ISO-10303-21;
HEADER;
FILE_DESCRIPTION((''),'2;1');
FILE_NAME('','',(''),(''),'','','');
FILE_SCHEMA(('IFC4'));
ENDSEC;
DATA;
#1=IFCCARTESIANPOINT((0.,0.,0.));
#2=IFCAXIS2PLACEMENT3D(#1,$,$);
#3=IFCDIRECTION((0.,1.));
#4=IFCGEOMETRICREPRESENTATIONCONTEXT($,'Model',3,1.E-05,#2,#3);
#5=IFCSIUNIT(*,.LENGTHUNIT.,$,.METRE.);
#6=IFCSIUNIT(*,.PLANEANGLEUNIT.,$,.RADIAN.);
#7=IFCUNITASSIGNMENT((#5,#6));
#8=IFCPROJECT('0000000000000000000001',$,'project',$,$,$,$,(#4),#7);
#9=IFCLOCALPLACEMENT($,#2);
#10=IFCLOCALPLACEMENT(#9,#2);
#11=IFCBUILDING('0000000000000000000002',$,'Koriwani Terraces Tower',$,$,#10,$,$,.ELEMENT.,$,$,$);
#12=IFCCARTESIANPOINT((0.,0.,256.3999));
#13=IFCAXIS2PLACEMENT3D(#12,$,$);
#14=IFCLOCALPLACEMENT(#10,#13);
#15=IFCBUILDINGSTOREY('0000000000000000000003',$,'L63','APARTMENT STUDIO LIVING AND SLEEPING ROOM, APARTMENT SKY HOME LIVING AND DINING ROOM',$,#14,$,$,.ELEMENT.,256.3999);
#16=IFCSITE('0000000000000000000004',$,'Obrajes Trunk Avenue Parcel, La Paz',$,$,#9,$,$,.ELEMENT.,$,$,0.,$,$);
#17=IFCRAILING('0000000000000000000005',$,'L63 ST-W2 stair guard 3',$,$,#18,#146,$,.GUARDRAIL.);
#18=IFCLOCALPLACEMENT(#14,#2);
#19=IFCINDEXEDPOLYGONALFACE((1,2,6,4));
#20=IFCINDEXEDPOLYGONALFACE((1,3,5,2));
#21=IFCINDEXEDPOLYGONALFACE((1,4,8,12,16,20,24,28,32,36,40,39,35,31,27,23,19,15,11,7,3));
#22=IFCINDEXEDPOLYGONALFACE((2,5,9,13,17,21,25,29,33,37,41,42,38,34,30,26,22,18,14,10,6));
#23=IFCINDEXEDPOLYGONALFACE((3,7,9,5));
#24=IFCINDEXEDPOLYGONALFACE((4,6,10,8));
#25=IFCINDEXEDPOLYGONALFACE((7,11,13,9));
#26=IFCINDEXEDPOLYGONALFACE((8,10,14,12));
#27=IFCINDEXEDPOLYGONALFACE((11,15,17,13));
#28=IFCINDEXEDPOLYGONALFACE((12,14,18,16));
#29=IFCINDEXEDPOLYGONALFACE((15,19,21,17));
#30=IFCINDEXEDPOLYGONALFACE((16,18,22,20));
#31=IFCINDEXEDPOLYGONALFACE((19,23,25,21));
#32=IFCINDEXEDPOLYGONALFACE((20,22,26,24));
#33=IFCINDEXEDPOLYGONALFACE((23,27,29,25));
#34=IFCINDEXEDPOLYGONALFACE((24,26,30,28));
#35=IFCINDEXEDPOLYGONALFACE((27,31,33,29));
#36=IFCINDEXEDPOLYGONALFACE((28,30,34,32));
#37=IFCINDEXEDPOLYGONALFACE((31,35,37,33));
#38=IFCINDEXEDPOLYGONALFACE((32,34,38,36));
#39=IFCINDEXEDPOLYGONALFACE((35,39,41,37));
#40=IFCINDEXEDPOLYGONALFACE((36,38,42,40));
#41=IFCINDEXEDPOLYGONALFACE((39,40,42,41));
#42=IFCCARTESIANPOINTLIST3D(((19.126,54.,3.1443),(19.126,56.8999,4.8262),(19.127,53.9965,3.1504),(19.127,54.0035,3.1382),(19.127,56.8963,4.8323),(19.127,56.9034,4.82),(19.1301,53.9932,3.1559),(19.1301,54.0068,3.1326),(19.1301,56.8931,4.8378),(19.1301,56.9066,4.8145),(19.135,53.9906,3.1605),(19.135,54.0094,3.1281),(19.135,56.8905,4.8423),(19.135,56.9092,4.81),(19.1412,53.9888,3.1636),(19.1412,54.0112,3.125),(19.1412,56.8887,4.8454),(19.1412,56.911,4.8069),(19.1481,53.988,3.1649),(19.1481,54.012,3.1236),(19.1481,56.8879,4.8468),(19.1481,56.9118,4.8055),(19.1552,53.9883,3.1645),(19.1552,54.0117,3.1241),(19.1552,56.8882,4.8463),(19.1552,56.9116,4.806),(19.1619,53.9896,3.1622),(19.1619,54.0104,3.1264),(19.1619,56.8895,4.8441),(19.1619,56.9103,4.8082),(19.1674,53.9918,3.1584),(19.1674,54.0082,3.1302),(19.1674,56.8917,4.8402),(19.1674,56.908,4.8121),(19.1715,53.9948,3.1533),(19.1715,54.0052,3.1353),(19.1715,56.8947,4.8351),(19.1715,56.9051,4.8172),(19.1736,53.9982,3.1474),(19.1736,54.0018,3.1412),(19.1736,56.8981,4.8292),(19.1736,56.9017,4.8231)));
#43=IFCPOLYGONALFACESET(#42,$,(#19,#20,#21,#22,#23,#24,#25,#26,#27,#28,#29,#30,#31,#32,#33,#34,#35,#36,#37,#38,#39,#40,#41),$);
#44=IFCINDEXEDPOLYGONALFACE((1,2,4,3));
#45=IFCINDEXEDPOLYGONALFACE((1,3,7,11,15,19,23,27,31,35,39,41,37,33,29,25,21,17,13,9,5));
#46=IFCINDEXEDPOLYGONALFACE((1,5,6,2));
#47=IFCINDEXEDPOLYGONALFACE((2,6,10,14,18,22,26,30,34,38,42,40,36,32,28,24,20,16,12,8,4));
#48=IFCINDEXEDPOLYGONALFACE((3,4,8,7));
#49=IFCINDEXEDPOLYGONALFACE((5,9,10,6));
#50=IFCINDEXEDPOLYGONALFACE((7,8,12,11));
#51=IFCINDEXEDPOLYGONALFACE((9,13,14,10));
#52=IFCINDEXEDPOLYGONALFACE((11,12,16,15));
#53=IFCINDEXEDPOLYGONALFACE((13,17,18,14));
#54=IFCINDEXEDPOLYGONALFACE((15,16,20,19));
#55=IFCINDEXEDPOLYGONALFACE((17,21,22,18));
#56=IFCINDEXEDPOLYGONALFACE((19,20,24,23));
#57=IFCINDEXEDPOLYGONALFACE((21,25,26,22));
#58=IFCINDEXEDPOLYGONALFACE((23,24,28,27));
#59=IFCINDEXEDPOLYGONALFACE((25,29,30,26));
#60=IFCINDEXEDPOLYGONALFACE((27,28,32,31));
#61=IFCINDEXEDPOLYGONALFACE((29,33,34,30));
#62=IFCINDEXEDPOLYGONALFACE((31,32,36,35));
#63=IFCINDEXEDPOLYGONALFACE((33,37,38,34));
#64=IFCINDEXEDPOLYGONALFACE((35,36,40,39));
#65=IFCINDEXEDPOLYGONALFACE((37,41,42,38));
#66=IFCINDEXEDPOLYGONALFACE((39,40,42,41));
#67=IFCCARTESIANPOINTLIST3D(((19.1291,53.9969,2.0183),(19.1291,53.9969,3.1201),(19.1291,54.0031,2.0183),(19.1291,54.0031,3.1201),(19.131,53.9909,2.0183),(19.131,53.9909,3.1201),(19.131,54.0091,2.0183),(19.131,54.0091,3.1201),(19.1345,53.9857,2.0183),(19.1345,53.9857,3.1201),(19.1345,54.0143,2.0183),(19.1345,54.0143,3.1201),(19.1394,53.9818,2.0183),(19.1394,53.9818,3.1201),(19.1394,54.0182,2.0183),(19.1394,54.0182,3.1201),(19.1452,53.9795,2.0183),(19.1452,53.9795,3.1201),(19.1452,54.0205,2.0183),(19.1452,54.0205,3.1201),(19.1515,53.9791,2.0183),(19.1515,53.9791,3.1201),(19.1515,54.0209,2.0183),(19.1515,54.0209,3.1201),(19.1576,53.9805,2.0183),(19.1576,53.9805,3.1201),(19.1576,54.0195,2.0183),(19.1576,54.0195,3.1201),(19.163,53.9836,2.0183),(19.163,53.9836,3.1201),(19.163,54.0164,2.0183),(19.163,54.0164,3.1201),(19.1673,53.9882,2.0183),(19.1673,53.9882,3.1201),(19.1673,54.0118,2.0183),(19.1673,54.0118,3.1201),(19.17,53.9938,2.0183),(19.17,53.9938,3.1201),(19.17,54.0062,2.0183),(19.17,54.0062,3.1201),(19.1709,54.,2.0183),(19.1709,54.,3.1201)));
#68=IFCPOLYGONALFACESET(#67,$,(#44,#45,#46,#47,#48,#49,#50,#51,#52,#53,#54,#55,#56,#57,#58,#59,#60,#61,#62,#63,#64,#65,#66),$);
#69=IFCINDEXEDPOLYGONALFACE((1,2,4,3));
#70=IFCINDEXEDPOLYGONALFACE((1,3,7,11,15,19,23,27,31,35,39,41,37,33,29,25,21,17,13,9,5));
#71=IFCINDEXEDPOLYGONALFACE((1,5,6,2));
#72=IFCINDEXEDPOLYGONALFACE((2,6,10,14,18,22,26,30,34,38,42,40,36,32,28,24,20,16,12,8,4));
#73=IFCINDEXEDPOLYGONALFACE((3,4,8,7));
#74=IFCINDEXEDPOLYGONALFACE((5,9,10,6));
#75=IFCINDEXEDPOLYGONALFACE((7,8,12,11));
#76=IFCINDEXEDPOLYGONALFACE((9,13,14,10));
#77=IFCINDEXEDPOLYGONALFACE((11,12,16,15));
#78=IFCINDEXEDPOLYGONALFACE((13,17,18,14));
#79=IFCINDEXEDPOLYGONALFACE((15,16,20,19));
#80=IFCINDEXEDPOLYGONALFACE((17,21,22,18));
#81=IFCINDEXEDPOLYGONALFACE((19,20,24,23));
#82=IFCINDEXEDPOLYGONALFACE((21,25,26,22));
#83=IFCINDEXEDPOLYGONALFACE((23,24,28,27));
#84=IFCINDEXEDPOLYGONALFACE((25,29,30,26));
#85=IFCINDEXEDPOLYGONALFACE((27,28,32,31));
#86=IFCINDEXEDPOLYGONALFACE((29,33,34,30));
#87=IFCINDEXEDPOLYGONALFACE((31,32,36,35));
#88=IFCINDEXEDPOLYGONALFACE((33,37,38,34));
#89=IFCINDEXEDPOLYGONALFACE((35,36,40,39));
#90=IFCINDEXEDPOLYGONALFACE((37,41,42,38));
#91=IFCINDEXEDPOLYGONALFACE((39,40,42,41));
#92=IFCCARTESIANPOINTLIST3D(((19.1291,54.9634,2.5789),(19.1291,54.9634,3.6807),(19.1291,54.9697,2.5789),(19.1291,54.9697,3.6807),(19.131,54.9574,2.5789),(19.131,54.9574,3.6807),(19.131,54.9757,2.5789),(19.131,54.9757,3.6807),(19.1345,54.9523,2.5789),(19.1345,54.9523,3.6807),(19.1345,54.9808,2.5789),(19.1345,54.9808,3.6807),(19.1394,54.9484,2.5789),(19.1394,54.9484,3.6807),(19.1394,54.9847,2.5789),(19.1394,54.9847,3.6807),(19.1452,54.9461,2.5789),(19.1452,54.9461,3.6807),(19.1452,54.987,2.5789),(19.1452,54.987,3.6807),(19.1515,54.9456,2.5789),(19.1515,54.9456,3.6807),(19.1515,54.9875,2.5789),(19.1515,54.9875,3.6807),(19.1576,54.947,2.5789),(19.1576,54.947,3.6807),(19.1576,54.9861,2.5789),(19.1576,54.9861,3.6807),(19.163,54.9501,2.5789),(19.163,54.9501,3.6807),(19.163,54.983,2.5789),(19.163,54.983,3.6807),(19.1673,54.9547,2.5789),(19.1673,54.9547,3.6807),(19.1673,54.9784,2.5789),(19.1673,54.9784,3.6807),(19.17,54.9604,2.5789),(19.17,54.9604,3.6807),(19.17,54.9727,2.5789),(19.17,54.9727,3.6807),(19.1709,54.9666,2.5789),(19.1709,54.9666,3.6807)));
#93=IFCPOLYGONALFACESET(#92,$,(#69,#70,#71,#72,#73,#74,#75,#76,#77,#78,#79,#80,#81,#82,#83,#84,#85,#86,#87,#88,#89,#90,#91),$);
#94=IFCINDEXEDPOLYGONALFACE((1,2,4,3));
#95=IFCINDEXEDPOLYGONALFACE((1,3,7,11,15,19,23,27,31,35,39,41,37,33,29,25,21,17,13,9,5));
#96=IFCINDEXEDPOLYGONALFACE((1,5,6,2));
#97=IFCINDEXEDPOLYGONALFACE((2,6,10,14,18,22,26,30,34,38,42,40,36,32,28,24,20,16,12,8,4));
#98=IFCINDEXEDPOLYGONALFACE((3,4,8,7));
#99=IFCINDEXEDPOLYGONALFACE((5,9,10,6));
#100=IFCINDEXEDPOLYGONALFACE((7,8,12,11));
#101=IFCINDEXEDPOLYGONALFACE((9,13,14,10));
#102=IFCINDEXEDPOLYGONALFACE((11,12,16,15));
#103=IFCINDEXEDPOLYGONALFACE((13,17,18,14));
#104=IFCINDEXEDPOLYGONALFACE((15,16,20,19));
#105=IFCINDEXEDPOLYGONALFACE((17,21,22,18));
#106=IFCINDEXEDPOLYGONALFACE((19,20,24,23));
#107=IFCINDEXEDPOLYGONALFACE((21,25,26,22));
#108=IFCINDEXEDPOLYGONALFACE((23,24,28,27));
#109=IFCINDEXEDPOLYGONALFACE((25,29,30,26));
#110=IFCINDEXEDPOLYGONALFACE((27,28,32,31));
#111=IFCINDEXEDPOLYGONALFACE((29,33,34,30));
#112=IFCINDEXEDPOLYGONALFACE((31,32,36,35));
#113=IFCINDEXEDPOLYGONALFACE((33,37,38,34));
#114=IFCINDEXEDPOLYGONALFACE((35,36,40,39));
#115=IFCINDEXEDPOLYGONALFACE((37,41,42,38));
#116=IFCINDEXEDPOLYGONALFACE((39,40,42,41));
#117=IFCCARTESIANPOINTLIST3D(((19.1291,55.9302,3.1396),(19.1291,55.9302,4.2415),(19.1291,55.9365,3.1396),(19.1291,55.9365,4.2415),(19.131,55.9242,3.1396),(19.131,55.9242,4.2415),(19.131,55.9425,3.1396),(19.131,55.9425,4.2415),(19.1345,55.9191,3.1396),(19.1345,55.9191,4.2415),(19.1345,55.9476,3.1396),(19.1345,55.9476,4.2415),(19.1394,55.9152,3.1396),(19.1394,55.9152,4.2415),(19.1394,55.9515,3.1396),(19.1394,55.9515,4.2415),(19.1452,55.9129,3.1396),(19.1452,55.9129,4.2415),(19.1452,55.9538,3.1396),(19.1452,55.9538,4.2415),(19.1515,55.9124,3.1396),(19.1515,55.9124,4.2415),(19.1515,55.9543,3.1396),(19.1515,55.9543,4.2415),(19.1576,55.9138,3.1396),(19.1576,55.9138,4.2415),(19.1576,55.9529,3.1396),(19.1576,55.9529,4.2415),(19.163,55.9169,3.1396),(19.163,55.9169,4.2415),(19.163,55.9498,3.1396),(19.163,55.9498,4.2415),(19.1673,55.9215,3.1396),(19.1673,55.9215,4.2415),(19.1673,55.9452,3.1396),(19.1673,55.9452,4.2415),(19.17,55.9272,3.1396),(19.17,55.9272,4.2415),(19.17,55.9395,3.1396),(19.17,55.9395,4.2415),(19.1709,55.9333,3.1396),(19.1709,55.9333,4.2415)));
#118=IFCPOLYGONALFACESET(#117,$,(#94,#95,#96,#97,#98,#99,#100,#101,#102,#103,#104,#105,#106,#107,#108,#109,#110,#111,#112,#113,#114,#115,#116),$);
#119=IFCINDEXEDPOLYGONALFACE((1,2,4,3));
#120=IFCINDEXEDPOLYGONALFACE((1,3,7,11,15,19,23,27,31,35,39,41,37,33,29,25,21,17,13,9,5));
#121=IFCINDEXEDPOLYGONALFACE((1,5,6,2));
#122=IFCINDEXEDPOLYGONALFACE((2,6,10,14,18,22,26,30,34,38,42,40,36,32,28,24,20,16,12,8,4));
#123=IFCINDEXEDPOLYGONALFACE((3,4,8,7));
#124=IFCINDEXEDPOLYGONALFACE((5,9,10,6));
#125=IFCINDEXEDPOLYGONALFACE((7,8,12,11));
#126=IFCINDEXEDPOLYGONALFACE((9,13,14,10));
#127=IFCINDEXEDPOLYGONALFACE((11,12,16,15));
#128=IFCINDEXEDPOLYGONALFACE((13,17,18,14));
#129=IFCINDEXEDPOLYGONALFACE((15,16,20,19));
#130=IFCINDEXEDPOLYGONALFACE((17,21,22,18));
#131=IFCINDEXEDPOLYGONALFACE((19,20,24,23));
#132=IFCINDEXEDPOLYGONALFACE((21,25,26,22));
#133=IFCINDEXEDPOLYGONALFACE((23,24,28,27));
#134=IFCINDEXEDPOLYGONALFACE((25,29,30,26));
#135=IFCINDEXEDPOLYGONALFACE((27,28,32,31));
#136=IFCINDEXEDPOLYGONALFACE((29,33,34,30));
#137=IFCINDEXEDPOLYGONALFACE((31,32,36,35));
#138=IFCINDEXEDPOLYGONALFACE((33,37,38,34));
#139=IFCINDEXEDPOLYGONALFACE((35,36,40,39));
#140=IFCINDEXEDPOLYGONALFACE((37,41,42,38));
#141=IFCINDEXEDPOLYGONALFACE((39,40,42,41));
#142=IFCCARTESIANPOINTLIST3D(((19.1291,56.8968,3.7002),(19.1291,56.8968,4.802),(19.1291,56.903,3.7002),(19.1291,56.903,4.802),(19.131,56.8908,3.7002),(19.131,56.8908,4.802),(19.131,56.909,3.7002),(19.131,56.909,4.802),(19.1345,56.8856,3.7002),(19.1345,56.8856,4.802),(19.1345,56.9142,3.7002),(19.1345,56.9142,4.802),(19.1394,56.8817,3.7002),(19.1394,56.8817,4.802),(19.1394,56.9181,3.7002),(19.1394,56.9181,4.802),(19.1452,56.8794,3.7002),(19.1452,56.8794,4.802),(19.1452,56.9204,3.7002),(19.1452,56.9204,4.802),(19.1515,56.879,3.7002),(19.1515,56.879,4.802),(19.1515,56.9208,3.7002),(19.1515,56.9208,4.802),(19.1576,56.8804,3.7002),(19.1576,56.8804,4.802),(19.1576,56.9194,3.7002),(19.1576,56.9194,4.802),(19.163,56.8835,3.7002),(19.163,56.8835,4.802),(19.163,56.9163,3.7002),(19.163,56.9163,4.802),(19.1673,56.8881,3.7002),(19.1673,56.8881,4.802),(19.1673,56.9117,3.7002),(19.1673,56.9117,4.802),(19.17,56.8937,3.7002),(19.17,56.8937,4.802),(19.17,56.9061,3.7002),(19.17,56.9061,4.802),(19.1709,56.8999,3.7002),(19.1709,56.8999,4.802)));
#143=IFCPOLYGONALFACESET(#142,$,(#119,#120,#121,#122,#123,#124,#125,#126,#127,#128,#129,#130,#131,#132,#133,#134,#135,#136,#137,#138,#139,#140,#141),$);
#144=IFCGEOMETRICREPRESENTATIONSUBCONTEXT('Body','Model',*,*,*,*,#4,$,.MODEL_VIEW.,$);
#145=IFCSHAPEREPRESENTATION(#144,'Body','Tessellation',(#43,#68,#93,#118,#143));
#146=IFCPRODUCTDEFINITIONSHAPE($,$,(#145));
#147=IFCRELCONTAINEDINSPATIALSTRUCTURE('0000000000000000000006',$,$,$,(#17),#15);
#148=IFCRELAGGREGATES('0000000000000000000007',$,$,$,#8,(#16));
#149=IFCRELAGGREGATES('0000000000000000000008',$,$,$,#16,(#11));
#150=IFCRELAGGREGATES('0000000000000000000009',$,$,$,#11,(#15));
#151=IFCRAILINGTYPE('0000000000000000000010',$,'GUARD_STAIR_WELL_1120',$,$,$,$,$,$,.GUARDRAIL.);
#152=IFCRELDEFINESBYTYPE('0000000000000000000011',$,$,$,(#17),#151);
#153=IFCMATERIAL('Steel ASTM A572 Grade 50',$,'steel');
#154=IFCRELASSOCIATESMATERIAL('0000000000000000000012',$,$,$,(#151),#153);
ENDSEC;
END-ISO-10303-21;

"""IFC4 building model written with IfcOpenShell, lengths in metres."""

from ifc_helpers import new_model, si_unit, direction, frame, origin, origin_2d, place, context, subcontext, project, spatial, circle, extrude, material, type_object, element, save


model = new_model("IFC4")

# Units and contexts
model_context = context("Model", 3, precision=1e-05, world=origin(), true_north=direction((0.0, 1.0)))
body_context = subcontext(model_context, "Body", "Model", "MODEL_VIEW")
ifc_project = project(units=[si_unit("LENGTHUNIT", "METRE"), si_unit("PLANEANGLEUNIT", "RADIAN")], contexts=[model_context])

# Site, building, storey
site_placement = place(None, origin())
site = spatial("IfcSite", under=ifc_project, at=site_placement, Name="Obrajes Trunk Avenue Parcel, La Paz", CompositionType="ELEMENT", RefElevation=0.0)
building_placement = place(site_placement, origin())
building = spatial("IfcBuilding", under=site, at=building_placement, Name="Koriwani Terraces Tower", CompositionType="ELEMENT")
storey_placement = place(building_placement, frame((0.0, 0.0, 256.3999)))
storey = spatial("IfcBuildingStorey", under=building, at=storey_placement, Name="L63", Description="APARTMENT STUDIO LIVING AND SLEEPING ROOM, APARTMENT SKY HOME LIVING AND DINING ROOM", CompositionType="ELEMENT", Elevation=256.3999)

# Shared definitions
ifc_material_1 = material(Name="Steel ASTM A572 Grade 50", Category="steel")

# Railing
railing_type_1 = type_object("IfcRailingType", Name="GUARD_STAIR_WELL_1120", PredefinedType="GUARDRAIL", material=ifc_material_1)
railing_1_placement = place(storey_placement, frame((19.1499, 54.0, 2.0183)))
element("IfcRailing", 1, at=railing_1_placement, inside=storey, type_object=railing_type_1, Name="L63 ST-W2 stair guard 3", PredefinedType="GUARDRAIL", context=body_context, shape_type="SweptSolid", body=[
    extrude(circle(Radius=0.0239, at=origin_2d()), frame((0.0, 0.0, 1.126), z_axis=(0.0, 0.865039, 0.501705), x_axis=(-1.0, 0.0, 0.0)), (0.0, 0.0, 1.0), 3.3523),
    extrude(circle(Radius=0.021, at=origin_2d()), origin(), (0.0, 0.0, 1.0), 1.1018),
    extrude(circle(Radius=0.021, at=origin_2d()), frame((0.0, 0.9666, 0.5605)), (0.0, 0.0, 1.0), 1.1018),
    extrude(circle(Radius=0.021, at=origin_2d()), frame((0.0, 1.9333, 1.1213)), (0.0, 0.0, 1.0), 1.1018),
    extrude(circle(Radius=0.021, at=origin_2d()), frame((0.0, 2.8999, 1.6819)), (0.0, 0.0, 1.0), 1.1018),
])

save(model, "model.ifc")
